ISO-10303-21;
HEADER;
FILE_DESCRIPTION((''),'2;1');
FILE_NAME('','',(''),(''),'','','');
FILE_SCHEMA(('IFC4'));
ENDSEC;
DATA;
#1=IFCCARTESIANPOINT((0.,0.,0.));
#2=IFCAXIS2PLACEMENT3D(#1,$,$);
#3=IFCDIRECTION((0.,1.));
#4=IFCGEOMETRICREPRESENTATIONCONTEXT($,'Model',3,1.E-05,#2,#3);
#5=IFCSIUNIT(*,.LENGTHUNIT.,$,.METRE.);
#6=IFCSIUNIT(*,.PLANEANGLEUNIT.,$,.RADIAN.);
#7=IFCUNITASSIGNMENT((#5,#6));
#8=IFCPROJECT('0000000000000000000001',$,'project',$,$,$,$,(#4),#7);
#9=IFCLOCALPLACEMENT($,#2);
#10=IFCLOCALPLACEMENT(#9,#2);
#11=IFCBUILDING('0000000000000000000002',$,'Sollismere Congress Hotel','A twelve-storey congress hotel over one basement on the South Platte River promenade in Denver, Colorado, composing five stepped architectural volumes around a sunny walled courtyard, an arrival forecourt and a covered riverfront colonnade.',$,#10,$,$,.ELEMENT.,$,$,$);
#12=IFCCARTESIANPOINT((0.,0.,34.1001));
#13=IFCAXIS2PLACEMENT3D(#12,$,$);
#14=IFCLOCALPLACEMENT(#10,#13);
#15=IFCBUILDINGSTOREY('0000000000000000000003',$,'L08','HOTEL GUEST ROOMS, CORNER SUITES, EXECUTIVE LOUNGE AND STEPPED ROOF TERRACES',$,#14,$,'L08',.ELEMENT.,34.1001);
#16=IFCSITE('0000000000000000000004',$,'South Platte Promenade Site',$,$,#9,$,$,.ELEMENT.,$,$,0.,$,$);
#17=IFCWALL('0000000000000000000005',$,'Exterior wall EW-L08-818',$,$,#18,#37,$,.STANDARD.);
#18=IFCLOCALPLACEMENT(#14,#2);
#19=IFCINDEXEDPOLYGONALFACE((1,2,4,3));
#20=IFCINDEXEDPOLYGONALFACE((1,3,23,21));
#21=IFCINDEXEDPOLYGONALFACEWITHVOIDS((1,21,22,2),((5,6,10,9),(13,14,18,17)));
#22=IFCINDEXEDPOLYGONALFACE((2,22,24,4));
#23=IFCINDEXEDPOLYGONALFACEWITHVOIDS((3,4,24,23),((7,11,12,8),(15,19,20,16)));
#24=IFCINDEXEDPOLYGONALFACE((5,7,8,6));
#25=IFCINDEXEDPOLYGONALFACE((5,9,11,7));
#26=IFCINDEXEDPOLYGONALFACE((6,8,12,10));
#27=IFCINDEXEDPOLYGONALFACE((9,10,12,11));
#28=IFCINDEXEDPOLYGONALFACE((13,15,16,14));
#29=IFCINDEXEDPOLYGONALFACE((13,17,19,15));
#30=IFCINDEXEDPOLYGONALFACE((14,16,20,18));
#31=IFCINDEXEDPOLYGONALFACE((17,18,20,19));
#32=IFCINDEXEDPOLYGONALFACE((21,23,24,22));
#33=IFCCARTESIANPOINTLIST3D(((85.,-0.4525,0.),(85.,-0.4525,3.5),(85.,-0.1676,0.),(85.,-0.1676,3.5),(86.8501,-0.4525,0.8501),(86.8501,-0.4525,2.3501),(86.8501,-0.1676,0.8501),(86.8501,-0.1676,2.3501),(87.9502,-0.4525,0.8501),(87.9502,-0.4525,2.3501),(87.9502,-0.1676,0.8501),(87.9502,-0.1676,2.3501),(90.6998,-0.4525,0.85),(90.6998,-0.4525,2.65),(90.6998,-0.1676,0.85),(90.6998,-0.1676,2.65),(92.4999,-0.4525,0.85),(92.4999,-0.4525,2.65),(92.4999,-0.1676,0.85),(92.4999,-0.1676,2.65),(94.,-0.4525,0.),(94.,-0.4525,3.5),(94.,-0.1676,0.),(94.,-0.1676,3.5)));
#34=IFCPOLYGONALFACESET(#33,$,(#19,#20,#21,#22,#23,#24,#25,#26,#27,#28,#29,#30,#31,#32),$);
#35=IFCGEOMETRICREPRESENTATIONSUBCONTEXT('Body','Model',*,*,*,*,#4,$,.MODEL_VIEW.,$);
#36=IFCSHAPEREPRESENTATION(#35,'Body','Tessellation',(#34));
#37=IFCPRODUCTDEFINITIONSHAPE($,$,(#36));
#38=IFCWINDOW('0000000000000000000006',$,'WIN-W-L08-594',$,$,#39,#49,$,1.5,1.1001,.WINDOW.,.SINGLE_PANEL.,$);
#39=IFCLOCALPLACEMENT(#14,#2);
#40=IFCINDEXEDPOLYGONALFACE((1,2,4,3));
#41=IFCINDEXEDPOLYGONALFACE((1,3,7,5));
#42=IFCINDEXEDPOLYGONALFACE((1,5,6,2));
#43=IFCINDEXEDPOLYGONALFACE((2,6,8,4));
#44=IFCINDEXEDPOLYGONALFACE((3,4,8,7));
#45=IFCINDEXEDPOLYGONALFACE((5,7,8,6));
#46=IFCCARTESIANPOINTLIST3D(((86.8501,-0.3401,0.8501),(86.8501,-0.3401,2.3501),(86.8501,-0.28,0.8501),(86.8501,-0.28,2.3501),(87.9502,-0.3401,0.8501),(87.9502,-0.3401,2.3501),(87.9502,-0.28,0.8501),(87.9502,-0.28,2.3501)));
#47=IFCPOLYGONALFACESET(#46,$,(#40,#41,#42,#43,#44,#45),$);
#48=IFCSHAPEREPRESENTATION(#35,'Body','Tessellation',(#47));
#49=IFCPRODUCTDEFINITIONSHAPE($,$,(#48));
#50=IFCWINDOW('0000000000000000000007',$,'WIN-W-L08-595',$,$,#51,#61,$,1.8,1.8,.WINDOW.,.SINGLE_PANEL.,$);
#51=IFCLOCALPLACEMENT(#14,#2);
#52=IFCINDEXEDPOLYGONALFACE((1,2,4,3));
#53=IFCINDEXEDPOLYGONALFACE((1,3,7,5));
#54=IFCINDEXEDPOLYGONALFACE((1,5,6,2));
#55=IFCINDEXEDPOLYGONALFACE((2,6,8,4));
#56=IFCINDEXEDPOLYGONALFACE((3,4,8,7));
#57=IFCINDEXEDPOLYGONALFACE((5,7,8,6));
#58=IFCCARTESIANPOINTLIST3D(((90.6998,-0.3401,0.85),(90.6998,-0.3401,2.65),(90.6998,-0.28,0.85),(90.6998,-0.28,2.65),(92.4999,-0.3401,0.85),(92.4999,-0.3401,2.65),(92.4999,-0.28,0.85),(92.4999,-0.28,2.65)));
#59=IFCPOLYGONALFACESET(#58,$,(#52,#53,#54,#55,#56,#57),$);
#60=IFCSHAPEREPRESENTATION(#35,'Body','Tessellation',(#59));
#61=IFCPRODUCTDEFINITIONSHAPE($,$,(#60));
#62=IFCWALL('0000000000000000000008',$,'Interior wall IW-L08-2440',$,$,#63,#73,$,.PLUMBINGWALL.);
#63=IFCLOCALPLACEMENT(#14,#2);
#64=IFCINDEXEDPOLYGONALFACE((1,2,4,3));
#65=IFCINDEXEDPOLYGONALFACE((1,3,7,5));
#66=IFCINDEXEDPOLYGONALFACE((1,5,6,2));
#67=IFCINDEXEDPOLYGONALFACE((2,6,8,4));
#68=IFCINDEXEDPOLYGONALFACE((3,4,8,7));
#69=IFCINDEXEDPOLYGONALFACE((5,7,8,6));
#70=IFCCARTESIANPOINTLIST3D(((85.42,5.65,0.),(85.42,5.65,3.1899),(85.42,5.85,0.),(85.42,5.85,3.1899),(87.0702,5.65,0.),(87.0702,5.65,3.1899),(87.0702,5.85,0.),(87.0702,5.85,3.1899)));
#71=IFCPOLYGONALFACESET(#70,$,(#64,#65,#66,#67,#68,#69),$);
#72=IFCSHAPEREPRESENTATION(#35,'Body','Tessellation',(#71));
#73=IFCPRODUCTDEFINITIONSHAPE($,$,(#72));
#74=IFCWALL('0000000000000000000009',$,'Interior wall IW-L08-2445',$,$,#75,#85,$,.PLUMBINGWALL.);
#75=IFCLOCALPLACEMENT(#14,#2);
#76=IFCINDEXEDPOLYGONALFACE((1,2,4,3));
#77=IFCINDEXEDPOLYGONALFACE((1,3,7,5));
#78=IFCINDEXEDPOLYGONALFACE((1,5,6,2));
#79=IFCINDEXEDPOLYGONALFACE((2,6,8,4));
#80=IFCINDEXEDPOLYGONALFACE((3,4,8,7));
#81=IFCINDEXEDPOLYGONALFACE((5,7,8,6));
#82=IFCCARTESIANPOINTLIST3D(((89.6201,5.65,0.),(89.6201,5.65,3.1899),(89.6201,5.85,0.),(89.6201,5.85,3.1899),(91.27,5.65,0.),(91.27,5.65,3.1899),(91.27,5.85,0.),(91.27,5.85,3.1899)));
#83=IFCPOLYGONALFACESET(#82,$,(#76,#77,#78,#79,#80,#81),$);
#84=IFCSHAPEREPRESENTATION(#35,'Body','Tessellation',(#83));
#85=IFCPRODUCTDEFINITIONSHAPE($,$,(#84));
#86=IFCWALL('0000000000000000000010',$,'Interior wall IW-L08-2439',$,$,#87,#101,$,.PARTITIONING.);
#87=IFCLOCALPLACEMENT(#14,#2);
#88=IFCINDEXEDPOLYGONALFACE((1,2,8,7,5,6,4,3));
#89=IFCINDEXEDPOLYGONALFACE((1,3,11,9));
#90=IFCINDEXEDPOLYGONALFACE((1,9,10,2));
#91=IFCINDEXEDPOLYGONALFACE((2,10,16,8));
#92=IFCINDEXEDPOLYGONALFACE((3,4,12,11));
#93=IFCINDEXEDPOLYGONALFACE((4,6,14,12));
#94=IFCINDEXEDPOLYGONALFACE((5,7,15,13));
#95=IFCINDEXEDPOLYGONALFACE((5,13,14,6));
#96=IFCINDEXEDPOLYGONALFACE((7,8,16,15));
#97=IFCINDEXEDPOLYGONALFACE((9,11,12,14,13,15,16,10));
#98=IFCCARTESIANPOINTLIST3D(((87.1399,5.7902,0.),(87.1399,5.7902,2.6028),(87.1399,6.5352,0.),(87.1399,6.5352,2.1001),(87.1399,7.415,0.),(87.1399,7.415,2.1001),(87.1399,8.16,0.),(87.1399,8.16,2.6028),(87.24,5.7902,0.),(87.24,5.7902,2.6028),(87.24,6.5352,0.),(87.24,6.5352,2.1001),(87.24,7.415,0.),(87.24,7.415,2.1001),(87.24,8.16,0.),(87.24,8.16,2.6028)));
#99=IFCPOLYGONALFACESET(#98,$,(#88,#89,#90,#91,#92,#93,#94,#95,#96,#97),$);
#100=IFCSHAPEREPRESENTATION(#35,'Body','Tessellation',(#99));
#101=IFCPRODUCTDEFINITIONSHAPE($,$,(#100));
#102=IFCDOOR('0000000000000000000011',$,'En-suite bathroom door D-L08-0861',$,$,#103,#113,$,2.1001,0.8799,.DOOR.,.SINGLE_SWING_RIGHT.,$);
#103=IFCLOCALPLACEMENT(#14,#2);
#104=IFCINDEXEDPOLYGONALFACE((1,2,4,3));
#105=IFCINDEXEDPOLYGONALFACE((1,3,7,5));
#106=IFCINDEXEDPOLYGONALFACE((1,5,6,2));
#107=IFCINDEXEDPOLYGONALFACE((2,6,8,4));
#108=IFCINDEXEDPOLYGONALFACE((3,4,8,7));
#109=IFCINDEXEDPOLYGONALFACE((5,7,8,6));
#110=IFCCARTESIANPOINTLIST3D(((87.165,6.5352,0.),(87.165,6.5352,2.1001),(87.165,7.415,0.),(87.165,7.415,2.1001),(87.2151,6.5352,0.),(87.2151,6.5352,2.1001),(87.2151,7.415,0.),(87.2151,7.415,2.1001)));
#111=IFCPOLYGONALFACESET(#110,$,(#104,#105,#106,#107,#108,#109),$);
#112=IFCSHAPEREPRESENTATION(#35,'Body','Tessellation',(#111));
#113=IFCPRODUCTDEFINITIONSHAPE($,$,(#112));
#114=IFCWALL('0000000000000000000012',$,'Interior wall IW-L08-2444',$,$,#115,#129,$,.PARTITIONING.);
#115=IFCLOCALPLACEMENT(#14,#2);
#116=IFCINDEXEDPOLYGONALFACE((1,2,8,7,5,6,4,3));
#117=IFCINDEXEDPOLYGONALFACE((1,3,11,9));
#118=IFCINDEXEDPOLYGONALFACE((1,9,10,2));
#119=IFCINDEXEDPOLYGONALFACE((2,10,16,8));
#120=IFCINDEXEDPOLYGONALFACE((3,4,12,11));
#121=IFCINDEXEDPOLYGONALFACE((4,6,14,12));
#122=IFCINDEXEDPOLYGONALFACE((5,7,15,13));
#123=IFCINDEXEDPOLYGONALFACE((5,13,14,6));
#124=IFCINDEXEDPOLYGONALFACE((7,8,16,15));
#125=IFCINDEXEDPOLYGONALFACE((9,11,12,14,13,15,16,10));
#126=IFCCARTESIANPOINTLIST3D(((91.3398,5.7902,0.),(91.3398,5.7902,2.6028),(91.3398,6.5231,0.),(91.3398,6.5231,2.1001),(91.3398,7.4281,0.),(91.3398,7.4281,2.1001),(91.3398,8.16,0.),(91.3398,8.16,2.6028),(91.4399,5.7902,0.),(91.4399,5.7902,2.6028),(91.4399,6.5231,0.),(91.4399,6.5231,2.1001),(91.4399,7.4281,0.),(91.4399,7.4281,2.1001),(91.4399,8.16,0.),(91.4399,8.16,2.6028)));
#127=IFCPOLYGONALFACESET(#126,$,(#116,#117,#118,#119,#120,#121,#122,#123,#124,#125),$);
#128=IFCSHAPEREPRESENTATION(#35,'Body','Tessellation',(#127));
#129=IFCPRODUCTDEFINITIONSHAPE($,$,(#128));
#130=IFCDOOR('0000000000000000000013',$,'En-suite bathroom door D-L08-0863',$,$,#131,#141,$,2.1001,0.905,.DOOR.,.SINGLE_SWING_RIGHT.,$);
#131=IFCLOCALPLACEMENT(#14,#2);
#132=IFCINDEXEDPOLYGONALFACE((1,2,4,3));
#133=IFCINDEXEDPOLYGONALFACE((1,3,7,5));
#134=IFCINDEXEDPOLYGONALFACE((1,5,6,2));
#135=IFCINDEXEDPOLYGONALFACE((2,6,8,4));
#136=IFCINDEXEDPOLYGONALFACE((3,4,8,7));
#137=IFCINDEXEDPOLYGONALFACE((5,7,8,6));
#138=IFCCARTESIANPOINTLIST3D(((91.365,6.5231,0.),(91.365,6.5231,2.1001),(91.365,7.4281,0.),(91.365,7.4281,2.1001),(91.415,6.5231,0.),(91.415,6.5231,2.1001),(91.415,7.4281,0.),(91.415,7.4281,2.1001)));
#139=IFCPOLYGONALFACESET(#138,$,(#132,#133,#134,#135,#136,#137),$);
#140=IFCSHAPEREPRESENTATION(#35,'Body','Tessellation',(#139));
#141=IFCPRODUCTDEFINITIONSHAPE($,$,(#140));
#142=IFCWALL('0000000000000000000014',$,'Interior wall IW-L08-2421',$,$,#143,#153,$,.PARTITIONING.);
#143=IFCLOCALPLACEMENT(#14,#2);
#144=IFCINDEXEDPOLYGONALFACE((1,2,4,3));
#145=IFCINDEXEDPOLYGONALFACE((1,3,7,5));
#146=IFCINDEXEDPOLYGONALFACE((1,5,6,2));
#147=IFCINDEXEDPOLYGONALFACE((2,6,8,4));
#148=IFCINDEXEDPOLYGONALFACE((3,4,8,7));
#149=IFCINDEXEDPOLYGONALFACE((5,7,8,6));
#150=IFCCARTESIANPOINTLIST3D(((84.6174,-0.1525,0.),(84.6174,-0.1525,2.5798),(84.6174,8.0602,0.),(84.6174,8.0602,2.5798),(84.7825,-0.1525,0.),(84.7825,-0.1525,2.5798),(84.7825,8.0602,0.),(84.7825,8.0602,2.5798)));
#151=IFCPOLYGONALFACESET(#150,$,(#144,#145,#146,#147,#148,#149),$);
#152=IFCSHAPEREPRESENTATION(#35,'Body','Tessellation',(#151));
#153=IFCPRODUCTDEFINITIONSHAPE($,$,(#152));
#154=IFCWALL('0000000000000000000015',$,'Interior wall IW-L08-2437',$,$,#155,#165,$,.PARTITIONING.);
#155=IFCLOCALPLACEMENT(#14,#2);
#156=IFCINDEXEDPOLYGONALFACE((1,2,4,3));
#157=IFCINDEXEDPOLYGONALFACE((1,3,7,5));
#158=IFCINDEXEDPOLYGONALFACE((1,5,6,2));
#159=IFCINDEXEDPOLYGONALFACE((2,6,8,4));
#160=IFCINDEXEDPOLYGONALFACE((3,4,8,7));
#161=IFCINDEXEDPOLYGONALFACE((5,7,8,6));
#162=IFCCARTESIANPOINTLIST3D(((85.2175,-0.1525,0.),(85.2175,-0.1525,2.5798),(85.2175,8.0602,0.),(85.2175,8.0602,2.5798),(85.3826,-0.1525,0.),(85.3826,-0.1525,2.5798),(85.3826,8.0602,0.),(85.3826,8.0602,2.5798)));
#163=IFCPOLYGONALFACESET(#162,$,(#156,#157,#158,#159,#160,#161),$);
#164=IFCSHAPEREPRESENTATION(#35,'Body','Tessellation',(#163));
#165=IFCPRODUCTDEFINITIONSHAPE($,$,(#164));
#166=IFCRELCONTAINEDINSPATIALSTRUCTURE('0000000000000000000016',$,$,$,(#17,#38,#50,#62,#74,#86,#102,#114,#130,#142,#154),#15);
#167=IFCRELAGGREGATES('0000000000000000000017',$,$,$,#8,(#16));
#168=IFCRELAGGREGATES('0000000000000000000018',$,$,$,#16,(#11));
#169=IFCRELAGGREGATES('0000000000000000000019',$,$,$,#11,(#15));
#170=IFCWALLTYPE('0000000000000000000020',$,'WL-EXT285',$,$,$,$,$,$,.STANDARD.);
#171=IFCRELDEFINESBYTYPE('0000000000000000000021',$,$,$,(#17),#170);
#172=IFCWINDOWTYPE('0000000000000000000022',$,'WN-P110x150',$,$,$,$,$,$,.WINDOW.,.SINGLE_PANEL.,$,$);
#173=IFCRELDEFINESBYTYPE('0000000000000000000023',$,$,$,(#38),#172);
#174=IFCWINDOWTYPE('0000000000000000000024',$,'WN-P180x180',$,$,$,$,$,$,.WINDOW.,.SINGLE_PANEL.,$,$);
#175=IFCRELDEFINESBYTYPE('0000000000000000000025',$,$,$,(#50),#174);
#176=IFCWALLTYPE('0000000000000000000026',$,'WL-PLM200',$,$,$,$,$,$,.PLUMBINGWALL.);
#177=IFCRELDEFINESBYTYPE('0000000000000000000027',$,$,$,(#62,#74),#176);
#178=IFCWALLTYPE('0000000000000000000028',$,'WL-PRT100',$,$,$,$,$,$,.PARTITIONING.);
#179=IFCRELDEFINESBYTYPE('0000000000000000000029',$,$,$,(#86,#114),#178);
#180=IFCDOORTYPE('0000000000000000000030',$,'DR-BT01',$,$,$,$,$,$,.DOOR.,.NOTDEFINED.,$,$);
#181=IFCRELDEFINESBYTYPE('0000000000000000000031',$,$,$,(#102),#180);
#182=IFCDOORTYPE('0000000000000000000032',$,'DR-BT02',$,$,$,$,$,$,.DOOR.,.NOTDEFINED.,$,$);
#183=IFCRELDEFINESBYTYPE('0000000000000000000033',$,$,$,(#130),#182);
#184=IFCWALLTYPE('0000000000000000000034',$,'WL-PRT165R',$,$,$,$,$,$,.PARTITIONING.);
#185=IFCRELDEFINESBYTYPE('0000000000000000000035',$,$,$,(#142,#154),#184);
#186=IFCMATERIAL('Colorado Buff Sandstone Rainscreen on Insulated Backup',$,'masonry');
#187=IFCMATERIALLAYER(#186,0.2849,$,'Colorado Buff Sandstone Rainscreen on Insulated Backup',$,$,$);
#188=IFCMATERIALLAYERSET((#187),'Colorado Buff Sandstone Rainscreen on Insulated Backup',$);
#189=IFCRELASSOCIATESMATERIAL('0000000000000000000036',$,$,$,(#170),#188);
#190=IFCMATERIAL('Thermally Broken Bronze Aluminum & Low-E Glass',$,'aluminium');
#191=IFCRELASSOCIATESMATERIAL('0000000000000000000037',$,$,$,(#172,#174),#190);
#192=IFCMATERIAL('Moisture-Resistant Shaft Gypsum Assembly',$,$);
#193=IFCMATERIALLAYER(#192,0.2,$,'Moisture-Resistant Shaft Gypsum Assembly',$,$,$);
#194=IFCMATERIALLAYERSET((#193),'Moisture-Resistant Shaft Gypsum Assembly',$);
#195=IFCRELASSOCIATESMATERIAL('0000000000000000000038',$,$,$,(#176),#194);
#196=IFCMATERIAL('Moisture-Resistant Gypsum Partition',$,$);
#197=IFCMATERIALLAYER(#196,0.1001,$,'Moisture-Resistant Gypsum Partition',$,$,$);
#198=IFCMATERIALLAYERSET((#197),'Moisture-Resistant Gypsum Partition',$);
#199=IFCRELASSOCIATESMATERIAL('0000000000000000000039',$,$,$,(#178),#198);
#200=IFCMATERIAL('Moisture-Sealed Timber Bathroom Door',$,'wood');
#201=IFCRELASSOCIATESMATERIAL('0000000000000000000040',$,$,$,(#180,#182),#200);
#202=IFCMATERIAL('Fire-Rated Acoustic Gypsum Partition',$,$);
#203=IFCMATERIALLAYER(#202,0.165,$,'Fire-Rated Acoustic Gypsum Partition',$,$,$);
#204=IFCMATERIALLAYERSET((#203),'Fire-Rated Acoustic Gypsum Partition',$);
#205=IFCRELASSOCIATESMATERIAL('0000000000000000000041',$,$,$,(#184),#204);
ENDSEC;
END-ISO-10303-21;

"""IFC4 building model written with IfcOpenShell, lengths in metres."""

from ifc_helpers import new_model, si_unit, direction, frame, frame_2d, origin, place, context, subcontext, project, spatial, rectangle, extrude, material, layer, layer_set, type_object, element, fill, save


model = new_model("IFC4")

# Units and contexts
model_context = context("Model", 3, precision=1e-05, world=origin(), true_north=direction((0.0, 1.0)))
body_context = subcontext(model_context, "Body", "Model", "MODEL_VIEW")
ifc_project = project(units=[si_unit("LENGTHUNIT", "METRE"), si_unit("PLANEANGLEUNIT", "RADIAN")], contexts=[model_context])

# Site, building, storey
site_placement = place(None, origin())
site = spatial("IfcSite", under=ifc_project, at=site_placement, Name="South Platte Promenade Site", CompositionType="ELEMENT", RefElevation=0.0)
building_placement = place(site_placement, origin())
building = spatial("IfcBuilding", under=site, at=building_placement, Name="Sollismere Congress Hotel", Description="A twelve-storey congress hotel over one basement on the South Platte River promenade in Denver, Colorado, composing five stepped architectural volumes around a sunny walled courtyard, an arrival forecourt and a covered riverfront colonnade.", CompositionType="ELEMENT")
storey_placement = place(building_placement, frame((0.0, 0.0, 34.1001)))
storey = spatial("IfcBuildingStorey", under=building, at=storey_placement, Name="L08", Description="HOTEL GUEST ROOMS, CORNER SUITES, EXECUTIVE LOUNGE AND STEPPED ROOF TERRACES", LongName="L08", CompositionType="ELEMENT", Elevation=34.1001)

# Wall, openings, windows
ifc_material_1 = material(Name="Colorado Buff Sandstone Rainscreen on Insulated Backup", Category="masonry")
ifc_layer_1 = layer(ifc_material_1, 0.2849, Name="Colorado Buff Sandstone Rainscreen on Insulated Backup")
ifc_layer_set_1 = layer_set([ifc_layer_1], Name="Colorado Buff Sandstone Rainscreen on Insulated Backup")
wall_type_1 = type_object("IfcWallType", Name="WL-EXT285", PredefinedType="STANDARD", material=ifc_layer_set_1)
wall_1_placement = place(storey_placement, frame((85.0, -0.3101, 0.0), z_axis=(0.0, 0.0, 1.0), x_axis=(1.0, 0.0, 0.0)))
wall_1 = element("IfcWall", 1, at=wall_1_placement, inside=storey, type_object=wall_type_1, Name="Exterior wall EW-L08-818", PredefinedType="STANDARD", context=body_context, shape_type="SweptSolid", body=[
    extrude(rectangle(XDim=9.0, YDim=0.2849, at=frame_2d((4.5, 0.0))), origin(), (0.0, 0.0, 1.0), 3.5),
])
opening_1_placement = place(wall_1_placement, frame((1.8501, 0.0, 0.8501)))
opening_1 = element("IfcOpeningElement", 2, at=opening_1_placement, cuts=wall_1, PredefinedType="OPENING", context=body_context, shape_type="SweptSolid", body=[
    extrude(rectangle(XDim=1.1001, YDim=1.5, at=frame_2d((0.55, 0.75))), frame((0.0, 0.1523, 0.0), z_axis=(0.0, -1.0, 0.0), x_axis=(1.0, 0.0, 0.0)), (0.0, 0.0, 1.0), 0.3049),
])
opening_2_placement = place(wall_1_placement, frame((5.7, 0.0, 0.8501)))
opening_2 = element("IfcOpeningElement", 3, at=opening_2_placement, cuts=wall_1, PredefinedType="OPENING", context=body_context, shape_type="SweptSolid", body=[
    extrude(rectangle(XDim=1.8, YDim=1.8, at=frame_2d((0.8999, 0.8999))), frame((0.0, 0.1523, 0.0), z_axis=(0.0, -1.0, 0.0), x_axis=(1.0, 0.0, 0.0)), (0.0, 0.0, 1.0), 0.3049),
])
ifc_material_2 = material(Name="Thermally Broken Bronze Aluminum & Low-E Glass", Category="aluminium")
window_type_1 = type_object("IfcWindowType", Name="WN-P110x150", PartitioningType="SINGLE_PANEL", PredefinedType="WINDOW", material=ifc_material_2)
window_1_placement = place(opening_1_placement, origin())
window_1 = element("IfcWindow", 4, at=window_1_placement, inside=storey, type_object=window_type_1, Name="WIN-W-L08-594", OverallHeight=1.5, OverallWidth=1.1001, PartitioningType="SINGLE_PANEL", PredefinedType="WINDOW", context=body_context, shape_type="SweptSolid", body=[
    extrude(rectangle(XDim=1.1001, YDim=1.5, at=frame_2d((0.55, 0.75))), frame((0.0, 0.03, 0.0), z_axis=(0.0, -1.0, 0.0), x_axis=(1.0, 0.0, 0.0)), (0.0, 0.0, 1.0), 0.0601),
])
fill(opening_1, window_1)
window_type_2 = type_object("IfcWindowType", Name="WN-P180x180", PartitioningType="SINGLE_PANEL", PredefinedType="WINDOW", material=ifc_material_2)
window_2_placement = place(opening_2_placement, origin())
window_2 = element("IfcWindow", 5, at=window_2_placement, inside=storey, type_object=window_type_2, Name="WIN-W-L08-595", OverallHeight=1.8, OverallWidth=1.8, PartitioningType="SINGLE_PANEL", PredefinedType="WINDOW", context=body_context, shape_type="SweptSolid", body=[
    extrude(rectangle(XDim=1.8, YDim=1.8, at=frame_2d((0.8999, 0.8999))), frame((0.0, 0.03, 0.0), z_axis=(0.0, -1.0, 0.0), x_axis=(1.0, 0.0, 0.0)), (0.0, 0.0, 1.0), 0.0601),
])
fill(opening_2, window_2)

# Walls
ifc_material_3 = material(Name="Moisture-Resistant Shaft Gypsum Assembly")
ifc_layer_2 = layer(ifc_material_3, 0.2, Name="Moisture-Resistant Shaft Gypsum Assembly")
ifc_layer_set_2 = layer_set([ifc_layer_2], Name="Moisture-Resistant Shaft Gypsum Assembly")
wall_type_2 = type_object("IfcWallType", Name="WL-PLM200", PredefinedType="PLUMBINGWALL", material=ifc_layer_set_2)
wall_2_placement = place(storey_placement, frame((85.4199, 5.75, 0.0), z_axis=(0.0, 0.0, 1.0), x_axis=(1.0, 0.0, 0.0)))
element("IfcWall", 6, at=wall_2_placement, inside=storey, type_object=wall_type_2, Name="Interior wall IW-L08-2440", PredefinedType="PLUMBINGWALL", context=body_context, shape_type="SweptSolid", body=[
    extrude(rectangle(XDim=1.6501, YDim=0.2, at=frame_2d((0.8252, 0.0))), origin(), (0.0, 0.0, 1.0), 3.1899),
])
wall_3_placement = place(storey_placement, frame((89.6201, 5.75, 0.0), z_axis=(0.0, 0.0, 1.0), x_axis=(1.0, 0.0, 0.0)))
element("IfcWall", 7, at=wall_3_placement, inside=storey, type_object=wall_type_2, Name="Interior wall IW-L08-2445", PredefinedType="PLUMBINGWALL", context=body_context, shape_type="SweptSolid", body=[
    extrude(rectangle(XDim=1.6499, YDim=0.2, at=frame_2d((0.825, 0.0))), origin(), (0.0, 0.0, 1.0), 3.1899),
])

# Walls, openings, doors
ifc_material_4 = material(Name="Moisture-Resistant Gypsum Partition")
ifc_layer_3 = layer(ifc_material_4, 0.1001, Name="Moisture-Resistant Gypsum Partition")
ifc_layer_set_3 = layer_set([ifc_layer_3], Name="Moisture-Resistant Gypsum Partition")
wall_type_3 = type_object("IfcWallType", Name="WL-PRT100", PredefinedType="PARTITIONING", material=ifc_layer_set_3)
wall_4_placement = place(storey_placement, frame((87.1899, 5.79, 0.0), z_axis=(0.0, 0.0, 1.0), x_axis=(0.0, 1.0, 0.0)))
wall_4 = element("IfcWall", 8, at=wall_4_placement, inside=storey, type_object=wall_type_3, Name="Interior wall IW-L08-2439", PredefinedType="PARTITIONING", context=body_context, shape_type="SweptSolid", body=[
    extrude(rectangle(XDim=2.3699, YDim=0.1001, at=frame_2d((1.1851, 0.0))), origin(), (0.0, 0.0, 1.0), 2.6028),
])
opening_3_placement = place(wall_4_placement, frame((0.7451, 0.0, 0.0)))
opening_3 = element("IfcOpeningElement", 9, at=opening_3_placement, cuts=wall_4, PredefinedType="OPENING", context=body_context, shape_type="SweptSolid", body=[
    extrude(rectangle(XDim=0.8799, YDim=2.1001, at=frame_2d((0.4399, 1.05))), frame((0.0, 0.0601, 0.0), z_axis=(0.0, -1.0, 0.0), x_axis=(1.0, 0.0, 0.0)), (0.0, 0.0, 1.0), 0.1201),
])
ifc_material_5 = material(Name="Moisture-Sealed Timber Bathroom Door", Category="wood")
door_type_1 = type_object("IfcDoorType", Name="DR-BT01", OperationType="NOTDEFINED", PredefinedType="DOOR", material=ifc_material_5)
door_1_placement = place(opening_3_placement, origin())
door_1 = element("IfcDoor", 10, at=door_1_placement, inside=storey, type_object=door_type_1, Name="En-suite bathroom door D-L08-0861", OperationType="SINGLE_SWING_RIGHT", OverallHeight=2.1001, OverallWidth=0.8799, PredefinedType="DOOR", context=body_context, shape_type="SweptSolid", body=[
    extrude(rectangle(XDim=0.8799, YDim=2.1001, at=frame_2d((0.4399, 1.05))), frame((0.0, 0.0249, 0.0), z_axis=(0.0, -1.0, 0.0), x_axis=(1.0, 0.0, 0.0)), (0.0, 0.0, 1.0), 0.05),
])
fill(opening_3, door_1)
wall_5_placement = place(storey_placement, frame((91.3899, 5.79, 0.0), z_axis=(0.0, 0.0, 1.0), x_axis=(0.0, 1.0, 0.0)))
wall_5 = element("IfcWall", 11, at=wall_5_placement, inside=storey, type_object=wall_type_3, Name="Interior wall IW-L08-2444", PredefinedType="PARTITIONING", context=body_context, shape_type="SweptSolid", body=[
    extrude(rectangle(XDim=2.3699, YDim=0.1001, at=frame_2d((1.1851, 0.0))), origin(), (0.0, 0.0, 1.0), 2.6028),
])
opening_4_placement = place(wall_5_placement, frame((0.7329, 0.0, 0.0)))
opening_4 = element("IfcOpeningElement", 12, at=opening_4_placement, cuts=wall_5, PredefinedType="OPENING", context=body_context, shape_type="SweptSolid", body=[
    extrude(rectangle(XDim=0.905, YDim=2.1001, at=frame_2d((0.4526, 1.05))), frame((0.0, 0.0601, 0.0), z_axis=(0.0, -1.0, 0.0), x_axis=(1.0, 0.0, 0.0)), (0.0, 0.0, 1.0), 0.1201),
])
door_type_2 = type_object("IfcDoorType", Name="DR-BT02", OperationType="NOTDEFINED", PredefinedType="DOOR", material=ifc_material_5)
door_2_placement = place(opening_4_placement, origin())
door_2 = element("IfcDoor", 13, at=door_2_placement, inside=storey, type_object=door_type_2, Name="En-suite bathroom door D-L08-0863", OperationType="SINGLE_SWING_RIGHT", OverallHeight=2.1001, OverallWidth=0.905, PredefinedType="DOOR", context=body_context, shape_type="SweptSolid", body=[
    extrude(rectangle(XDim=0.905, YDim=2.1001, at=frame_2d((0.4526, 1.05))), frame((0.0, 0.0249, 0.0), z_axis=(0.0, -1.0, 0.0), x_axis=(1.0, 0.0, 0.0)), (0.0, 0.0, 1.0), 0.05),
])
fill(opening_4, door_2)

# Walls
ifc_material_6 = material(Name="Fire-Rated Acoustic Gypsum Partition")
ifc_layer_4 = layer(ifc_material_6, 0.165, Name="Fire-Rated Acoustic Gypsum Partition")
ifc_layer_set_4 = layer_set([ifc_layer_4], Name="Fire-Rated Acoustic Gypsum Partition")
wall_type_4 = type_object("IfcWallType", Name="WL-PRT165R", PredefinedType="PARTITIONING", material=ifc_layer_set_4)
for number, where, z_axis, x_axis, name in (
    (14, (84.7, -0.1526, 0.0), (0.0, 0.0, 1.0), (0.0, 1.0, 0.0), "Interior wall IW-L08-2421"),
    (15, (85.3, -0.1526, 0.0), (0.0, 0.0, 1.0), (0.0, 1.0, 0.0), "Interior wall IW-L08-2437"),
):
    element("IfcWall", number, at=place(storey_placement, frame(where, z_axis=z_axis, x_axis=x_axis)), inside=storey, type_object=wall_type_4, Name=name, PredefinedType="PARTITIONING", context=body_context, shape_type="SweptSolid", body=[
        extrude(rectangle(XDim=8.2126, YDim=0.165, at=frame_2d((4.1064, 0.0))), origin(), (0.0, 0.0, 1.0), 2.5798),
    ])

save(model, "model.ifc")
